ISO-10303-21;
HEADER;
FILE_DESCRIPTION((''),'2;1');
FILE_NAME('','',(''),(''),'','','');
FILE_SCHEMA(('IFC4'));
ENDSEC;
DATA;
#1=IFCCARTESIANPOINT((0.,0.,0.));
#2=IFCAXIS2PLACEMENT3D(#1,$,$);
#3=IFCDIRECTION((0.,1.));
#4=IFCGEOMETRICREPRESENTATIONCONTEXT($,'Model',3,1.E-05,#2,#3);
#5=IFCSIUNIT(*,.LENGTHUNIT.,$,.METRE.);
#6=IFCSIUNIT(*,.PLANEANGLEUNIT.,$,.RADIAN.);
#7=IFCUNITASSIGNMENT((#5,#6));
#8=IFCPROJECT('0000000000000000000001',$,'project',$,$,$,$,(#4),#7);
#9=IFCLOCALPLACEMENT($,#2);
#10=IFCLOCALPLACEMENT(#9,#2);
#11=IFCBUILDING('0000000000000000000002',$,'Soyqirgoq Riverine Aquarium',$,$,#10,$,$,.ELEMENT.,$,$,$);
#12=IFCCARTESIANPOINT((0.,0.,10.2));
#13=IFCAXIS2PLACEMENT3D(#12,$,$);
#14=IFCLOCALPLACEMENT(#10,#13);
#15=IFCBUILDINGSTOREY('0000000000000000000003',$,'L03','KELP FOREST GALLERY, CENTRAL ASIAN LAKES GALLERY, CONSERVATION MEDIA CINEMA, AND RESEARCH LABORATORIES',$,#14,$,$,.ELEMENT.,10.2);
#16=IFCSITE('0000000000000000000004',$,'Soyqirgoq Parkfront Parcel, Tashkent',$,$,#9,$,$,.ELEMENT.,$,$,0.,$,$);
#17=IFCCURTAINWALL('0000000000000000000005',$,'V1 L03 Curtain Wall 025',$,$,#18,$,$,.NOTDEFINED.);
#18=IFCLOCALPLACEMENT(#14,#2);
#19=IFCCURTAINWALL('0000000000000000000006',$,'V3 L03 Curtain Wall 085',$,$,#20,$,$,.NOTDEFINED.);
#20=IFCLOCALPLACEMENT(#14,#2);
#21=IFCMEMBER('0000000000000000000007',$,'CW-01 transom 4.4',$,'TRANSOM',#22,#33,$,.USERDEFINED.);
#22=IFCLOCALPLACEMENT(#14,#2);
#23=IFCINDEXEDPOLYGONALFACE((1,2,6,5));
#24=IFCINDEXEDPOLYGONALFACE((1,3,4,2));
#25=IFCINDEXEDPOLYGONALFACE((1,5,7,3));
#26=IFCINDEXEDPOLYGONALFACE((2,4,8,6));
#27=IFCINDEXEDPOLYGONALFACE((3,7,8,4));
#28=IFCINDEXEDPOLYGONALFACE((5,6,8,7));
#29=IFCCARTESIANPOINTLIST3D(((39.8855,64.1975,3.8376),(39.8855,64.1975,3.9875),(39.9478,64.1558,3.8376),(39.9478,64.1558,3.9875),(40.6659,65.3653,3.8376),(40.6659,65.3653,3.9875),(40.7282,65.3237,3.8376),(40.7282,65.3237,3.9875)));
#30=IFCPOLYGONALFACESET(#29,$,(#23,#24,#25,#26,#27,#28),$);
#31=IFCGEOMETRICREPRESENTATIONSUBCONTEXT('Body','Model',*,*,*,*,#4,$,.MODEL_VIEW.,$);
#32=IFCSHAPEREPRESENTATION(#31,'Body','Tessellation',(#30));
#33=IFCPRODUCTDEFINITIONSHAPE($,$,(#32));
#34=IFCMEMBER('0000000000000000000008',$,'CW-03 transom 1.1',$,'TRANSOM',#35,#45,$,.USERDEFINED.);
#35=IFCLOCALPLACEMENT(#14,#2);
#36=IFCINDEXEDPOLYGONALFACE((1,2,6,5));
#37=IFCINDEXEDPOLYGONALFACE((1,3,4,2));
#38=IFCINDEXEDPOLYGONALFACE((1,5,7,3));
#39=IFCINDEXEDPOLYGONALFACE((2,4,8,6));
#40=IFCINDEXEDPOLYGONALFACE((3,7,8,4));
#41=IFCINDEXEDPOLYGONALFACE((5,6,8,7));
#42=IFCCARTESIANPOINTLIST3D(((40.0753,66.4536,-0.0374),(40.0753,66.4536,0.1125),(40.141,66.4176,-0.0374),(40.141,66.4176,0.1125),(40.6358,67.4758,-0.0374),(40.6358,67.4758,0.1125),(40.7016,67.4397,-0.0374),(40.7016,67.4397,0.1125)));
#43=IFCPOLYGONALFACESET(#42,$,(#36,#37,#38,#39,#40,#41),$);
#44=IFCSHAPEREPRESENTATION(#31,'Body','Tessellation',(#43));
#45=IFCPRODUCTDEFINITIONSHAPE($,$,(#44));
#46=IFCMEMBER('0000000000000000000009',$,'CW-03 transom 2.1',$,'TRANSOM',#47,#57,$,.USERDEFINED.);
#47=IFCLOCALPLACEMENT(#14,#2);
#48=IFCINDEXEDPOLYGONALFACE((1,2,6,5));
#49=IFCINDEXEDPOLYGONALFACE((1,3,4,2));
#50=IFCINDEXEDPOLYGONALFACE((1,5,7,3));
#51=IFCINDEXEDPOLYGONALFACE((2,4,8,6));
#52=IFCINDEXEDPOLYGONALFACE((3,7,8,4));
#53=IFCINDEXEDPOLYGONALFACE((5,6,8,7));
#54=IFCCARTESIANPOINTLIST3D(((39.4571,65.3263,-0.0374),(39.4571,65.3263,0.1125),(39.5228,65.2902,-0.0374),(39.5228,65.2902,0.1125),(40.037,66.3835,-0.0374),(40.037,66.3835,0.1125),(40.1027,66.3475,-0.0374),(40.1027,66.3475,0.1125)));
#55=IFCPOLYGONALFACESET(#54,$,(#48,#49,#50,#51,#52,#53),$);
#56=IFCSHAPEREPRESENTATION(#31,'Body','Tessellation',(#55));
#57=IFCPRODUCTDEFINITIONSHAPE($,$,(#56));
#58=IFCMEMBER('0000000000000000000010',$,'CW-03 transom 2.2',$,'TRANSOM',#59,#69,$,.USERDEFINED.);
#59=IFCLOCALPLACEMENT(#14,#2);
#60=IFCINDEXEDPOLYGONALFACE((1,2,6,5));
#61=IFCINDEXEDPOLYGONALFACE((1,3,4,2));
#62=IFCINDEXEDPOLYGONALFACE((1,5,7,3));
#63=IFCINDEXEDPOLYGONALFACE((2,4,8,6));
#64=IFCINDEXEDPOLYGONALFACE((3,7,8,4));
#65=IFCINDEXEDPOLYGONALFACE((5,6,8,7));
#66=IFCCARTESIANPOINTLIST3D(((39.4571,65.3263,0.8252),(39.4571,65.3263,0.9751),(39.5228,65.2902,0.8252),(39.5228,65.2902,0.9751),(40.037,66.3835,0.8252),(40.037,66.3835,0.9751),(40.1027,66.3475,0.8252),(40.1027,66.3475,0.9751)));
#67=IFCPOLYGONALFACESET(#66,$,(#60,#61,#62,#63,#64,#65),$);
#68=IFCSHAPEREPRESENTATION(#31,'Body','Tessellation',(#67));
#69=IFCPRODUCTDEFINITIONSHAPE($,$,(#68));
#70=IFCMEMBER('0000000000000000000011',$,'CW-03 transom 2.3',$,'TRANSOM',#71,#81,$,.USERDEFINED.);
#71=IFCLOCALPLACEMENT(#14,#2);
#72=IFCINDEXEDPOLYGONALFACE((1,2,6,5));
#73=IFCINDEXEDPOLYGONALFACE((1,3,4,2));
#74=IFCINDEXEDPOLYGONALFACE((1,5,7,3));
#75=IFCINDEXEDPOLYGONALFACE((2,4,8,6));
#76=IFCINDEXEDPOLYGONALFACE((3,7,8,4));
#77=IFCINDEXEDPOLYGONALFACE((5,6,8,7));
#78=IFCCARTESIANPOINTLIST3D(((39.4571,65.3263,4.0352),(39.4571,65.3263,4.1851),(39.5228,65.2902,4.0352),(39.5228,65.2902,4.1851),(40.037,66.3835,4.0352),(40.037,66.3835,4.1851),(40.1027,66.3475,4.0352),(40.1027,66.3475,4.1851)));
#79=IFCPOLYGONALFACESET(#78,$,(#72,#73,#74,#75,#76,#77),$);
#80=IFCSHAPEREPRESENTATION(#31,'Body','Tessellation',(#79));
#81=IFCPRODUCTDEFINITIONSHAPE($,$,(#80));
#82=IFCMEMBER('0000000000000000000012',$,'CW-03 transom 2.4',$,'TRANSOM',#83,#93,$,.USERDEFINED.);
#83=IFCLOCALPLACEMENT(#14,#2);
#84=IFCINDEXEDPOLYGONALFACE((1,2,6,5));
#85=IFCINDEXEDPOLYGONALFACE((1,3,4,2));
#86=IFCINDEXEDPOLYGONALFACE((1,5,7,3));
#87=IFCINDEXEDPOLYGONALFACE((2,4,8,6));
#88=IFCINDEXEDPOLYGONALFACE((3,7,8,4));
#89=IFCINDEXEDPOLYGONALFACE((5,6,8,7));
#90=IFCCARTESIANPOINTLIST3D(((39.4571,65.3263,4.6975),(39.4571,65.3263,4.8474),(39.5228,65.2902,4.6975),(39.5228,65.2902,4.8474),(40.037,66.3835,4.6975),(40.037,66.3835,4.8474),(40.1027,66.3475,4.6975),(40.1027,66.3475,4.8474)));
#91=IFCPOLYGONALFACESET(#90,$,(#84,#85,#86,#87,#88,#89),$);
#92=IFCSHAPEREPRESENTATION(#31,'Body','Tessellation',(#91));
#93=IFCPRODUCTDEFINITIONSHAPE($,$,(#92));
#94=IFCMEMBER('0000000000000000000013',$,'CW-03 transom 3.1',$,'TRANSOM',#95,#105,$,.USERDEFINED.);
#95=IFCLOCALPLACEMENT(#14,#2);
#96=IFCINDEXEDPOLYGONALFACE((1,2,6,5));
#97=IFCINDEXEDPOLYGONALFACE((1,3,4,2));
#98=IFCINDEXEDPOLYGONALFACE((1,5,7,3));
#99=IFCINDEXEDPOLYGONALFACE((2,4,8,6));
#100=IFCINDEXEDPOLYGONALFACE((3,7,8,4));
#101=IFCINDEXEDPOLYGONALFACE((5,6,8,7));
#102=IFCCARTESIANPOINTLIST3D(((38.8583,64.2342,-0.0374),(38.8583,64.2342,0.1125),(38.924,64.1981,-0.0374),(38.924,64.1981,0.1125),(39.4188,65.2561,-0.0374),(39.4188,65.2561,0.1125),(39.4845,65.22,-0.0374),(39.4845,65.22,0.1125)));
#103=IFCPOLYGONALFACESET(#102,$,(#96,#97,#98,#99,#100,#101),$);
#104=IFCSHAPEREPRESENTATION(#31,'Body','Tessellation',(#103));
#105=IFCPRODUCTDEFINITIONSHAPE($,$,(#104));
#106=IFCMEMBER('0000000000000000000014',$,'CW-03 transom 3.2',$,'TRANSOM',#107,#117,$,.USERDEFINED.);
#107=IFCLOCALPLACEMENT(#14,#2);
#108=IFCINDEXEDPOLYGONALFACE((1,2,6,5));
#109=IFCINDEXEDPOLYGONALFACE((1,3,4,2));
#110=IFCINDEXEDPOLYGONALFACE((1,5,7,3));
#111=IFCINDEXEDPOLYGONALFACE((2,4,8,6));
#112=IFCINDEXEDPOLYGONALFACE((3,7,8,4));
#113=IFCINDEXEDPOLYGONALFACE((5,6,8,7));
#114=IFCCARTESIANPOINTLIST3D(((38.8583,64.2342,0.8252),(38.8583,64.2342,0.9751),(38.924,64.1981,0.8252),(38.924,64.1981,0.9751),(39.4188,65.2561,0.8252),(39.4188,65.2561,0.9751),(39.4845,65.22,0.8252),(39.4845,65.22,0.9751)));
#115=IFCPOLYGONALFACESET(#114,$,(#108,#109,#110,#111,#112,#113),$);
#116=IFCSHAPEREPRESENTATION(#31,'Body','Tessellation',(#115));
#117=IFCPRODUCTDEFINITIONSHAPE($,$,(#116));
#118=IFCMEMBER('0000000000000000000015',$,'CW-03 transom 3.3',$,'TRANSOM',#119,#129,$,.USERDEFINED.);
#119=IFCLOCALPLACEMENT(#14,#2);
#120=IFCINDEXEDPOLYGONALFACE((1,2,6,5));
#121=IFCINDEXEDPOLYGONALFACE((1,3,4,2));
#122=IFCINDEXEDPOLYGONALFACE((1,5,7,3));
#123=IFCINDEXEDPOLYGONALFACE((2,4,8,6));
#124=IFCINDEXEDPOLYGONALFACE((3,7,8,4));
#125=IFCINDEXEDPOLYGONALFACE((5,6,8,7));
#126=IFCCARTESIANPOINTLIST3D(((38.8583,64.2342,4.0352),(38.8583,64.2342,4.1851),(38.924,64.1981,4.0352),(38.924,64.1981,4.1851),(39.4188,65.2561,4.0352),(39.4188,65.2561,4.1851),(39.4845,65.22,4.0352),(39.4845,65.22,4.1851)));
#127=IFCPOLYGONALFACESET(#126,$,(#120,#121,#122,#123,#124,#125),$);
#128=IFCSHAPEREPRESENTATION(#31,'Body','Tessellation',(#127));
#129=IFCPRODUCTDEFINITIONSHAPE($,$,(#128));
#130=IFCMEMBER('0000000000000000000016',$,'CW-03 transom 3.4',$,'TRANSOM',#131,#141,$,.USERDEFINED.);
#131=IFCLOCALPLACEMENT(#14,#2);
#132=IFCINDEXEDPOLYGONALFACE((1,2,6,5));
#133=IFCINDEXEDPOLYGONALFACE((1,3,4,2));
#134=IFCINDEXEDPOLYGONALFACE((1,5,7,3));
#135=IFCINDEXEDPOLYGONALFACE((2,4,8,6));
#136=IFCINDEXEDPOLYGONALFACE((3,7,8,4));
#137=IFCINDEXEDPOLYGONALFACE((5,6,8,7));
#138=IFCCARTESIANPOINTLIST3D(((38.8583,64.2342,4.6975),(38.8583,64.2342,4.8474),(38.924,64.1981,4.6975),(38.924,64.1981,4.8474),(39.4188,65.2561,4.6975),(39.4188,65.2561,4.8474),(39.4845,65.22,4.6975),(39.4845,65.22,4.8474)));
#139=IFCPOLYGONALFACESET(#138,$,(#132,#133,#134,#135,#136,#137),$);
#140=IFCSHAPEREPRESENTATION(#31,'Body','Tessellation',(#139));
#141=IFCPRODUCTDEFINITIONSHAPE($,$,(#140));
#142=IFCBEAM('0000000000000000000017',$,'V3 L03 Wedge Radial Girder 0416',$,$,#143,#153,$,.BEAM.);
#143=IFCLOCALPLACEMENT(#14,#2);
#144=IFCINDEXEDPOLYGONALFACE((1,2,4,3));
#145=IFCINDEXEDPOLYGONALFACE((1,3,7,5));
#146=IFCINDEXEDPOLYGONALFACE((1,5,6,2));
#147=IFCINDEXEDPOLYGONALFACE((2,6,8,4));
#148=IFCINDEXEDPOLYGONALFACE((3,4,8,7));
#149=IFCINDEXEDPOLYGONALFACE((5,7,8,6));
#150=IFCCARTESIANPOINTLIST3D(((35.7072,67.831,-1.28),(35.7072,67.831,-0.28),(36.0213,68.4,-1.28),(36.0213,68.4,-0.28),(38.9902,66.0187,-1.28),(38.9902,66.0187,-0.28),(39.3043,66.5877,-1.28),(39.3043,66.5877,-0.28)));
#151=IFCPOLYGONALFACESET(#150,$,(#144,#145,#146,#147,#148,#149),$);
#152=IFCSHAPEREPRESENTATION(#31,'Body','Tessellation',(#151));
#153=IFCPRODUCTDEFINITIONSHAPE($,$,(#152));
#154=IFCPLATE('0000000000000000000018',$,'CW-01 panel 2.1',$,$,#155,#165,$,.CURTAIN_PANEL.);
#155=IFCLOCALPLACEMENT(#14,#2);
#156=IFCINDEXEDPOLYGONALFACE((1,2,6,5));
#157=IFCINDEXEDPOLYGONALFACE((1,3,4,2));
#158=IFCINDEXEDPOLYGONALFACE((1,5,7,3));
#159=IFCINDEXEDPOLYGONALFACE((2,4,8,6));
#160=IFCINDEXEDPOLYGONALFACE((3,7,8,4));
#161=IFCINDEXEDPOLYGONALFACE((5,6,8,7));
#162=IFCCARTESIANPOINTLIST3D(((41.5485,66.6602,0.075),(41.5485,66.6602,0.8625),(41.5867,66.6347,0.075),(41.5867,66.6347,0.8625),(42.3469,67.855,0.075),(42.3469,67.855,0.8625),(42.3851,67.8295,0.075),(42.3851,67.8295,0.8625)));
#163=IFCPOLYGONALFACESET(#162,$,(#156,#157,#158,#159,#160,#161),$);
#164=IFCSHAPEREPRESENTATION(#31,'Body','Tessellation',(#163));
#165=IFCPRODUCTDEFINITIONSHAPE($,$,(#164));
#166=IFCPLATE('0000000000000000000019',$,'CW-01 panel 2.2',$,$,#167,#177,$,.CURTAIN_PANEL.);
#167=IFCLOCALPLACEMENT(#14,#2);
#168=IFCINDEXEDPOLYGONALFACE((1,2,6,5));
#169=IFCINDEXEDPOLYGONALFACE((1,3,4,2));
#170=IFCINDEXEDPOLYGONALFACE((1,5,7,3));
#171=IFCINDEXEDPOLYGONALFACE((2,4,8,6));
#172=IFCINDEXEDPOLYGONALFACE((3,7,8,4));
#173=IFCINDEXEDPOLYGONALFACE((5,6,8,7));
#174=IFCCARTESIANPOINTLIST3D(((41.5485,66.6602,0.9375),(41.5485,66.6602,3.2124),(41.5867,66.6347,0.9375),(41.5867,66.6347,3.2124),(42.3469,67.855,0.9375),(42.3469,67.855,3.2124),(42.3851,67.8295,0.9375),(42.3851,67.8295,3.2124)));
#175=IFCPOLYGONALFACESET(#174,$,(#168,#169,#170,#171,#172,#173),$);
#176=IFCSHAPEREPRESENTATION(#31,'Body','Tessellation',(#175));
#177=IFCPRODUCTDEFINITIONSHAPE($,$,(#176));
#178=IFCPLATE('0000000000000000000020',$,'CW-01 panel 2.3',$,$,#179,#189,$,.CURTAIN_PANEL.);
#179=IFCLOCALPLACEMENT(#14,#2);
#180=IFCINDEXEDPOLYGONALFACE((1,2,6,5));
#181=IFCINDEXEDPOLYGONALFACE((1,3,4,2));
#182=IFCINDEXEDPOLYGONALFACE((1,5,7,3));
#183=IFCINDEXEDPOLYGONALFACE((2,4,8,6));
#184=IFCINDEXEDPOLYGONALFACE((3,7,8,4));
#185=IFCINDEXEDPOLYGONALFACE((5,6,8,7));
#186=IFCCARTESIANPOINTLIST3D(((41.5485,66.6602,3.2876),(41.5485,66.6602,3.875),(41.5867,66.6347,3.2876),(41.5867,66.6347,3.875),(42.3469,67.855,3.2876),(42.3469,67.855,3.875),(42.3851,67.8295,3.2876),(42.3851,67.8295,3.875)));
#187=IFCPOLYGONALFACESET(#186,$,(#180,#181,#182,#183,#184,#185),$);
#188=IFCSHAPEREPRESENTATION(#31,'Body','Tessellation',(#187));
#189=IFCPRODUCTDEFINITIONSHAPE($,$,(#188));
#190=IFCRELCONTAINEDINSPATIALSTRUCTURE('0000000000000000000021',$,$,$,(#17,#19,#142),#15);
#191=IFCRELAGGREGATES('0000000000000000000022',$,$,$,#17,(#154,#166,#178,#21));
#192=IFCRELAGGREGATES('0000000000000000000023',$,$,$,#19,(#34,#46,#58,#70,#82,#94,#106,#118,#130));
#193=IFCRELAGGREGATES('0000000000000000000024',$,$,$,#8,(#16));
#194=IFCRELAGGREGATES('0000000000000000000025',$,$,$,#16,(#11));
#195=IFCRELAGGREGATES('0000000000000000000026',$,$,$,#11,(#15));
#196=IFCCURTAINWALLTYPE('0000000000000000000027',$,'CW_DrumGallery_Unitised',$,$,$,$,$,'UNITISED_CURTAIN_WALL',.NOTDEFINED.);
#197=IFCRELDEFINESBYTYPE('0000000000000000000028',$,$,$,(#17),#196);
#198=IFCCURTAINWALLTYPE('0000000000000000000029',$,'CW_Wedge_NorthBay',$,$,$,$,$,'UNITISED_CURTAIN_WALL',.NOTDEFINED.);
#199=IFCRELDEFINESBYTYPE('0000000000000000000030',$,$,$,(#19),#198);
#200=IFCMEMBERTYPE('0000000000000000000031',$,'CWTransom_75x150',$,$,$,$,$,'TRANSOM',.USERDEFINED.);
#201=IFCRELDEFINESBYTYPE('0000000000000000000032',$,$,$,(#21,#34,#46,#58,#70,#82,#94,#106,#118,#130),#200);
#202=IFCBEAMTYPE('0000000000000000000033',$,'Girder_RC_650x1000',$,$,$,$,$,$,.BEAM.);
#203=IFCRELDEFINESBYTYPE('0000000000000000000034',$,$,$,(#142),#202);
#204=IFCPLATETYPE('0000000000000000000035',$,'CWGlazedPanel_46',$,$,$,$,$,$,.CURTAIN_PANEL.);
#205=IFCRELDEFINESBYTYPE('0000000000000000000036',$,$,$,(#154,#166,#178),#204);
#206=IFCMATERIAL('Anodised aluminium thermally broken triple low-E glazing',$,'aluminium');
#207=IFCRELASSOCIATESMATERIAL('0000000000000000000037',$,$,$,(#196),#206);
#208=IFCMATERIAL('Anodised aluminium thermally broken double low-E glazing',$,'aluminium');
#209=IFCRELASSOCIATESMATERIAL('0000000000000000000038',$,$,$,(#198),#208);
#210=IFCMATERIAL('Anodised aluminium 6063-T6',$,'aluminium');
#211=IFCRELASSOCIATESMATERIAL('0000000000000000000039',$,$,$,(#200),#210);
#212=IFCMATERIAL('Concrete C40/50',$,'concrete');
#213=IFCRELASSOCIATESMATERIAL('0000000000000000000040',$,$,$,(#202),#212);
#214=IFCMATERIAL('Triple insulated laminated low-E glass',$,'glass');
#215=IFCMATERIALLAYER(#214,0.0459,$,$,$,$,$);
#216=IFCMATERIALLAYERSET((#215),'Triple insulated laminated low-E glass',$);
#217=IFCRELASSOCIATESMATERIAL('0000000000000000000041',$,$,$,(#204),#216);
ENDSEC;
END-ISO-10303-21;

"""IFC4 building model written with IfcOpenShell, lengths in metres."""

from ifc_helpers import new_model, si_unit, direction, frame, origin, origin_2d, place, context, subcontext, project, spatial, rectangle, extrude, material, layer, layer_set, material_profile, profile_set, type_object, element, aggregate, save


model = new_model("IFC4")

# Units and contexts
model_context = context("Model", 3, precision=1e-05, world=origin(), true_north=direction((0.0, 1.0)))
body_context = subcontext(model_context, "Body", "Model", "MODEL_VIEW")
ifc_project = project(units=[si_unit("LENGTHUNIT", "METRE"), si_unit("PLANEANGLEUNIT", "RADIAN")], contexts=[model_context])

# Site, building, storey
site_placement = place(None, origin())
site = spatial("IfcSite", under=ifc_project, at=site_placement, Name="Soyqirgoq Parkfront Parcel, Tashkent", CompositionType="ELEMENT", RefElevation=0.0)
building_placement = place(site_placement, origin())
building = spatial("IfcBuilding", under=site, at=building_placement, Name="Soyqirgoq Riverine Aquarium", CompositionType="ELEMENT")
storey_placement = place(building_placement, frame((0.0, 0.0, 10.2)))
storey = spatial("IfcBuildingStorey", under=building, at=storey_placement, Name="L03", Description="KELP FOREST GALLERY, CENTRAL ASIAN LAKES GALLERY, CONSERVATION MEDIA CINEMA, AND RESEARCH LABORATORIES", CompositionType="ELEMENT", Elevation=10.2)

# Curtain walls
ifc_material_1 = material(Name="Anodised aluminium thermally broken triple low-E glazing", Category="aluminium")
curtain_wall_type_1 = type_object("IfcCurtainWallType", Name="CW_DrumGallery_Unitised", ElementType="UNITISED_CURTAIN_WALL", PredefinedType="NOTDEFINED", material=ifc_material_1)
curtain_wall_1_placement = place(storey_placement, origin())
curtain_wall_1 = element("IfcCurtainWall", 1, at=curtain_wall_1_placement, inside=storey, type_object=curtain_wall_type_1, Name="V1 L03 Curtain Wall 025", PredefinedType="NOTDEFINED")
ifc_material_2 = material(Name="Anodised aluminium thermally broken double low-E glazing", Category="aluminium")
curtain_wall_type_2 = type_object("IfcCurtainWallType", Name="CW_Wedge_NorthBay", ElementType="UNITISED_CURTAIN_WALL", PredefinedType="NOTDEFINED", material=ifc_material_2)
curtain_wall_2_placement = place(storey_placement, origin())
curtain_wall_2 = element("IfcCurtainWall", 2, at=curtain_wall_2_placement, inside=storey, type_object=curtain_wall_type_2, Name="V3 L03 Curtain Wall 085", PredefinedType="NOTDEFINED")

# Members
ifc_material_3 = material(Name="Anodised aluminium 6063-T6", Category="aluminium")
ifc_material_profile_1 = material_profile(ifc_material_3, rectangle(XDim=0.075, YDim=0.1499, at=origin_2d()), Name="ALU-T 75x150")
ifc_profile_set_1 = profile_set([ifc_material_profile_1], Name="Anodised aluminium 6063-T6")
member_type_1 = type_object("IfcMemberType", Name="CWTransom_75x150", ElementType="TRANSOM", PredefinedType="USERDEFINED", material=ifc_profile_set_1)
member_1_placement = place(storey_placement, frame((40.697, 65.3445, 3.9126), z_axis=(-0.555582, -0.831461, 0.0), x_axis=(0.831461, -0.555582, 0.0)))
member_1 = element("IfcMember", 3, at=member_1_placement, type_object=member_type_1, Name="CW-01 transom 4.4", ObjectType="TRANSOM", PredefinedType="USERDEFINED", context=body_context, shape_type="SweptSolid", body=[
    extrude(rectangle(XDim=0.075, YDim=0.1499, at=origin_2d()), origin(), (0.0, 0.0, 1.0), 1.4045),
])
member_2_placement = place(storey_placement, frame((40.6687, 67.4578, 0.0376), z_axis=(-0.480817, -0.876821, 0.0), x_axis=(0.876821, -0.480817, 0.0)))
member_2 = element("IfcMember", 4, at=member_2_placement, type_object=member_type_1, Name="CW-03 transom 1.1", ObjectType="TRANSOM", PredefinedType="USERDEFINED", context=body_context, shape_type="SweptSolid", body=[
    extrude(rectangle(XDim=0.075, YDim=0.1499, at=origin_2d()), origin(), (0.0, 0.0, 1.0), 1.1658),
])
member_3_placement = place(storey_placement, frame((40.0698, 66.3655, 0.0376), z_axis=(-0.480908, -0.876771, 0.0), x_axis=(0.876771, -0.480908, 0.0)))
member_3 = element("IfcMember", 5, at=member_3_placement, type_object=member_type_1, Name="CW-03 transom 2.1", ObjectType="TRANSOM", PredefinedType="USERDEFINED", context=body_context, shape_type="SweptSolid", body=[
    extrude(rectangle(XDim=0.075, YDim=0.1499, at=origin_2d()), origin(), (0.0, 0.0, 1.0), 1.2058),
])
member_4_placement = place(storey_placement, frame((40.0698, 66.3655, 0.9001), z_axis=(-0.480908, -0.876771, 0.0), x_axis=(0.876771, -0.480908, 0.0)))
member_4 = element("IfcMember", 6, at=member_4_placement, type_object=member_type_1, Name="CW-03 transom 2.2", ObjectType="TRANSOM", PredefinedType="USERDEFINED", context=body_context, shape_type="SweptSolid", body=[
    extrude(rectangle(XDim=0.075, YDim=0.1499, at=origin_2d()), origin(), (0.0, 0.0, 1.0), 1.2058),
])
member_5_placement = place(storey_placement, frame((40.0698, 66.3655, 4.1101), z_axis=(-0.480908, -0.876771, 0.0), x_axis=(0.876771, -0.480908, 0.0)))
member_5 = element("IfcMember", 7, at=member_5_placement, type_object=member_type_1, Name="CW-03 transom 2.3", ObjectType="TRANSOM", PredefinedType="USERDEFINED", context=body_context, shape_type="SweptSolid", body=[
    extrude(rectangle(XDim=0.075, YDim=0.1499, at=origin_2d()), origin(), (0.0, 0.0, 1.0), 1.2058),
])
member_6_placement = place(storey_placement, frame((40.0698, 66.3655, 4.7725), z_axis=(-0.480908, -0.876771, 0.0), x_axis=(0.876771, -0.480908, 0.0)))
member_6 = element("IfcMember", 8, at=member_6_placement, type_object=member_type_1, Name="CW-03 transom 2.4", ObjectType="TRANSOM", PredefinedType="USERDEFINED", context=body_context, shape_type="SweptSolid", body=[
    extrude(rectangle(XDim=0.075, YDim=0.1499, at=origin_2d()), origin(), (0.0, 0.0, 1.0), 1.2058),
])
member_7_placement = place(storey_placement, frame((39.4517, 65.238, 0.0376), z_axis=(-0.480905, -0.876773, 0.0), x_axis=(0.876773, -0.480905, 0.0)))
member_7 = element("IfcMember", 9, at=member_7_placement, type_object=member_type_1, Name="CW-03 transom 3.1", ObjectType="TRANSOM", PredefinedType="USERDEFINED", context=body_context, shape_type="SweptSolid", body=[
    extrude(rectangle(XDim=0.075, YDim=0.1499, at=origin_2d()), origin(), (0.0, 0.0, 1.0), 1.1655),
])
member_8_placement = place(storey_placement, frame((39.4517, 65.238, 0.9001), z_axis=(-0.480905, -0.876773, 0.0), x_axis=(0.876773, -0.480905, 0.0)))
member_8 = element("IfcMember", 10, at=member_8_placement, type_object=member_type_1, Name="CW-03 transom 3.2", ObjectType="TRANSOM", PredefinedType="USERDEFINED", context=body_context, shape_type="SweptSolid", body=[
    extrude(rectangle(XDim=0.075, YDim=0.1499, at=origin_2d()), origin(), (0.0, 0.0, 1.0), 1.1655),
])
member_9_placement = place(storey_placement, frame((39.4517, 65.238, 4.1101), z_axis=(-0.480905, -0.876773, 0.0), x_axis=(0.876773, -0.480905, 0.0)))
member_9 = element("IfcMember", 11, at=member_9_placement, type_object=member_type_1, Name="CW-03 transom 3.3", ObjectType="TRANSOM", PredefinedType="USERDEFINED", context=body_context, shape_type="SweptSolid", body=[
    extrude(rectangle(XDim=0.075, YDim=0.1499, at=origin_2d()), origin(), (0.0, 0.0, 1.0), 1.1655),
])
member_10_placement = place(storey_placement, frame((39.4517, 65.238, 4.7725), z_axis=(-0.480905, -0.876773, 0.0), x_axis=(0.876773, -0.480905, 0.0)))
member_10 = element("IfcMember", 12, at=member_10_placement, type_object=member_type_1, Name="CW-03 transom 3.4", ObjectType="TRANSOM", PredefinedType="USERDEFINED", context=body_context, shape_type="SweptSolid", body=[
    extrude(rectangle(XDim=0.075, YDim=0.1499, at=origin_2d()), origin(), (0.0, 0.0, 1.0), 1.1655),
])

# Beam
ifc_material_4 = material(Name="Concrete C40/50", Category="concrete")
ifc_material_profile_2 = material_profile(ifc_material_4, rectangle(XDim=0.6499, YDim=1.0, at=origin_2d()), Name="RC 650x1000")
ifc_profile_set_2 = profile_set([ifc_material_profile_2], Name="Concrete C40/50")
beam_type_1 = type_object("IfcBeamType", Name="Girder_RC_650x1000", PredefinedType="BEAM", material=ifc_profile_set_2)
beam_1_placement = place(storey_placement, frame((39.1472, 66.3032, -0.78), z_axis=(-0.875468, 0.483275, 0.0), x_axis=(-0.483275, -0.875468, 0.0)))
element("IfcBeam", 13, at=beam_1_placement, inside=storey, type_object=beam_type_1, Name="V3 L03 Wedge Radial Girder 0416", PredefinedType="BEAM", context=body_context, shape_type="SweptSolid", body=[
    extrude(rectangle(XDim=0.6499, YDim=1.0, at=origin_2d()), origin(), (0.0, 0.0, 1.0), 3.75),
])

# Plates
ifc_material_5 = material(Name="Triple insulated laminated low-E glass", Category="glass")
ifc_layer = layer(ifc_material_5, 0.0459)
ifc_layer_set = layer_set([ifc_layer], Name="Triple insulated laminated low-E glass")
plate_type = type_object("IfcPlateType", Name="CWGlazedPanel_46", PredefinedType="CURTAIN_PANEL", material=ifc_layer_set)
plate_1_placement = place(storey_placement, frame((41.9668, 67.2449, 0.075), z_axis=(0.0, 0.0, 1.0), x_axis=(-0.555572, -0.831469, 0.0)))
plate_1 = element("IfcPlate", 14, at=plate_1_placement, type_object=plate_type, Name="CW-01 panel 2.1", PredefinedType="CURTAIN_PANEL", context=body_context, shape_type="SweptSolid", body=[
    extrude(rectangle(XDim=1.437, YDim=0.0459, at=origin_2d()), origin(), (0.0, 0.0, 1.0), 0.7876),
])
plate_2_placement = place(storey_placement, frame((41.9668, 67.2449, 0.9375), z_axis=(0.0, 0.0, 1.0), x_axis=(-0.555572, -0.831469, 0.0)))
plate_2 = element("IfcPlate", 15, at=plate_2_placement, type_object=plate_type, Name="CW-01 panel 2.2", PredefinedType="CURTAIN_PANEL", context=body_context, shape_type="SweptSolid", body=[
    extrude(rectangle(XDim=1.437, YDim=0.0459, at=origin_2d()), origin(), (0.0, 0.0, 1.0), 2.2749),
])
plate_3_placement = place(storey_placement, frame((41.9668, 67.2449, 3.2876), z_axis=(0.0, 0.0, 1.0), x_axis=(-0.555572, -0.831469, 0.0)))
plate_3 = element("IfcPlate", 16, at=plate_3_placement, type_object=plate_type, Name="CW-01 panel 2.3", PredefinedType="CURTAIN_PANEL", context=body_context, shape_type="SweptSolid", body=[
    extrude(rectangle(XDim=1.437, YDim=0.0459, at=origin_2d()), origin(), (0.0, 0.0, 1.0), 0.5874),
])
aggregate(curtain_wall_1, [plate_1, plate_2, plate_3, member_1])
aggregate(curtain_wall_2, [member_2, member_3, member_4, member_5, member_6, member_7, member_8, member_9, member_10])

save(model, "model.ifc")
